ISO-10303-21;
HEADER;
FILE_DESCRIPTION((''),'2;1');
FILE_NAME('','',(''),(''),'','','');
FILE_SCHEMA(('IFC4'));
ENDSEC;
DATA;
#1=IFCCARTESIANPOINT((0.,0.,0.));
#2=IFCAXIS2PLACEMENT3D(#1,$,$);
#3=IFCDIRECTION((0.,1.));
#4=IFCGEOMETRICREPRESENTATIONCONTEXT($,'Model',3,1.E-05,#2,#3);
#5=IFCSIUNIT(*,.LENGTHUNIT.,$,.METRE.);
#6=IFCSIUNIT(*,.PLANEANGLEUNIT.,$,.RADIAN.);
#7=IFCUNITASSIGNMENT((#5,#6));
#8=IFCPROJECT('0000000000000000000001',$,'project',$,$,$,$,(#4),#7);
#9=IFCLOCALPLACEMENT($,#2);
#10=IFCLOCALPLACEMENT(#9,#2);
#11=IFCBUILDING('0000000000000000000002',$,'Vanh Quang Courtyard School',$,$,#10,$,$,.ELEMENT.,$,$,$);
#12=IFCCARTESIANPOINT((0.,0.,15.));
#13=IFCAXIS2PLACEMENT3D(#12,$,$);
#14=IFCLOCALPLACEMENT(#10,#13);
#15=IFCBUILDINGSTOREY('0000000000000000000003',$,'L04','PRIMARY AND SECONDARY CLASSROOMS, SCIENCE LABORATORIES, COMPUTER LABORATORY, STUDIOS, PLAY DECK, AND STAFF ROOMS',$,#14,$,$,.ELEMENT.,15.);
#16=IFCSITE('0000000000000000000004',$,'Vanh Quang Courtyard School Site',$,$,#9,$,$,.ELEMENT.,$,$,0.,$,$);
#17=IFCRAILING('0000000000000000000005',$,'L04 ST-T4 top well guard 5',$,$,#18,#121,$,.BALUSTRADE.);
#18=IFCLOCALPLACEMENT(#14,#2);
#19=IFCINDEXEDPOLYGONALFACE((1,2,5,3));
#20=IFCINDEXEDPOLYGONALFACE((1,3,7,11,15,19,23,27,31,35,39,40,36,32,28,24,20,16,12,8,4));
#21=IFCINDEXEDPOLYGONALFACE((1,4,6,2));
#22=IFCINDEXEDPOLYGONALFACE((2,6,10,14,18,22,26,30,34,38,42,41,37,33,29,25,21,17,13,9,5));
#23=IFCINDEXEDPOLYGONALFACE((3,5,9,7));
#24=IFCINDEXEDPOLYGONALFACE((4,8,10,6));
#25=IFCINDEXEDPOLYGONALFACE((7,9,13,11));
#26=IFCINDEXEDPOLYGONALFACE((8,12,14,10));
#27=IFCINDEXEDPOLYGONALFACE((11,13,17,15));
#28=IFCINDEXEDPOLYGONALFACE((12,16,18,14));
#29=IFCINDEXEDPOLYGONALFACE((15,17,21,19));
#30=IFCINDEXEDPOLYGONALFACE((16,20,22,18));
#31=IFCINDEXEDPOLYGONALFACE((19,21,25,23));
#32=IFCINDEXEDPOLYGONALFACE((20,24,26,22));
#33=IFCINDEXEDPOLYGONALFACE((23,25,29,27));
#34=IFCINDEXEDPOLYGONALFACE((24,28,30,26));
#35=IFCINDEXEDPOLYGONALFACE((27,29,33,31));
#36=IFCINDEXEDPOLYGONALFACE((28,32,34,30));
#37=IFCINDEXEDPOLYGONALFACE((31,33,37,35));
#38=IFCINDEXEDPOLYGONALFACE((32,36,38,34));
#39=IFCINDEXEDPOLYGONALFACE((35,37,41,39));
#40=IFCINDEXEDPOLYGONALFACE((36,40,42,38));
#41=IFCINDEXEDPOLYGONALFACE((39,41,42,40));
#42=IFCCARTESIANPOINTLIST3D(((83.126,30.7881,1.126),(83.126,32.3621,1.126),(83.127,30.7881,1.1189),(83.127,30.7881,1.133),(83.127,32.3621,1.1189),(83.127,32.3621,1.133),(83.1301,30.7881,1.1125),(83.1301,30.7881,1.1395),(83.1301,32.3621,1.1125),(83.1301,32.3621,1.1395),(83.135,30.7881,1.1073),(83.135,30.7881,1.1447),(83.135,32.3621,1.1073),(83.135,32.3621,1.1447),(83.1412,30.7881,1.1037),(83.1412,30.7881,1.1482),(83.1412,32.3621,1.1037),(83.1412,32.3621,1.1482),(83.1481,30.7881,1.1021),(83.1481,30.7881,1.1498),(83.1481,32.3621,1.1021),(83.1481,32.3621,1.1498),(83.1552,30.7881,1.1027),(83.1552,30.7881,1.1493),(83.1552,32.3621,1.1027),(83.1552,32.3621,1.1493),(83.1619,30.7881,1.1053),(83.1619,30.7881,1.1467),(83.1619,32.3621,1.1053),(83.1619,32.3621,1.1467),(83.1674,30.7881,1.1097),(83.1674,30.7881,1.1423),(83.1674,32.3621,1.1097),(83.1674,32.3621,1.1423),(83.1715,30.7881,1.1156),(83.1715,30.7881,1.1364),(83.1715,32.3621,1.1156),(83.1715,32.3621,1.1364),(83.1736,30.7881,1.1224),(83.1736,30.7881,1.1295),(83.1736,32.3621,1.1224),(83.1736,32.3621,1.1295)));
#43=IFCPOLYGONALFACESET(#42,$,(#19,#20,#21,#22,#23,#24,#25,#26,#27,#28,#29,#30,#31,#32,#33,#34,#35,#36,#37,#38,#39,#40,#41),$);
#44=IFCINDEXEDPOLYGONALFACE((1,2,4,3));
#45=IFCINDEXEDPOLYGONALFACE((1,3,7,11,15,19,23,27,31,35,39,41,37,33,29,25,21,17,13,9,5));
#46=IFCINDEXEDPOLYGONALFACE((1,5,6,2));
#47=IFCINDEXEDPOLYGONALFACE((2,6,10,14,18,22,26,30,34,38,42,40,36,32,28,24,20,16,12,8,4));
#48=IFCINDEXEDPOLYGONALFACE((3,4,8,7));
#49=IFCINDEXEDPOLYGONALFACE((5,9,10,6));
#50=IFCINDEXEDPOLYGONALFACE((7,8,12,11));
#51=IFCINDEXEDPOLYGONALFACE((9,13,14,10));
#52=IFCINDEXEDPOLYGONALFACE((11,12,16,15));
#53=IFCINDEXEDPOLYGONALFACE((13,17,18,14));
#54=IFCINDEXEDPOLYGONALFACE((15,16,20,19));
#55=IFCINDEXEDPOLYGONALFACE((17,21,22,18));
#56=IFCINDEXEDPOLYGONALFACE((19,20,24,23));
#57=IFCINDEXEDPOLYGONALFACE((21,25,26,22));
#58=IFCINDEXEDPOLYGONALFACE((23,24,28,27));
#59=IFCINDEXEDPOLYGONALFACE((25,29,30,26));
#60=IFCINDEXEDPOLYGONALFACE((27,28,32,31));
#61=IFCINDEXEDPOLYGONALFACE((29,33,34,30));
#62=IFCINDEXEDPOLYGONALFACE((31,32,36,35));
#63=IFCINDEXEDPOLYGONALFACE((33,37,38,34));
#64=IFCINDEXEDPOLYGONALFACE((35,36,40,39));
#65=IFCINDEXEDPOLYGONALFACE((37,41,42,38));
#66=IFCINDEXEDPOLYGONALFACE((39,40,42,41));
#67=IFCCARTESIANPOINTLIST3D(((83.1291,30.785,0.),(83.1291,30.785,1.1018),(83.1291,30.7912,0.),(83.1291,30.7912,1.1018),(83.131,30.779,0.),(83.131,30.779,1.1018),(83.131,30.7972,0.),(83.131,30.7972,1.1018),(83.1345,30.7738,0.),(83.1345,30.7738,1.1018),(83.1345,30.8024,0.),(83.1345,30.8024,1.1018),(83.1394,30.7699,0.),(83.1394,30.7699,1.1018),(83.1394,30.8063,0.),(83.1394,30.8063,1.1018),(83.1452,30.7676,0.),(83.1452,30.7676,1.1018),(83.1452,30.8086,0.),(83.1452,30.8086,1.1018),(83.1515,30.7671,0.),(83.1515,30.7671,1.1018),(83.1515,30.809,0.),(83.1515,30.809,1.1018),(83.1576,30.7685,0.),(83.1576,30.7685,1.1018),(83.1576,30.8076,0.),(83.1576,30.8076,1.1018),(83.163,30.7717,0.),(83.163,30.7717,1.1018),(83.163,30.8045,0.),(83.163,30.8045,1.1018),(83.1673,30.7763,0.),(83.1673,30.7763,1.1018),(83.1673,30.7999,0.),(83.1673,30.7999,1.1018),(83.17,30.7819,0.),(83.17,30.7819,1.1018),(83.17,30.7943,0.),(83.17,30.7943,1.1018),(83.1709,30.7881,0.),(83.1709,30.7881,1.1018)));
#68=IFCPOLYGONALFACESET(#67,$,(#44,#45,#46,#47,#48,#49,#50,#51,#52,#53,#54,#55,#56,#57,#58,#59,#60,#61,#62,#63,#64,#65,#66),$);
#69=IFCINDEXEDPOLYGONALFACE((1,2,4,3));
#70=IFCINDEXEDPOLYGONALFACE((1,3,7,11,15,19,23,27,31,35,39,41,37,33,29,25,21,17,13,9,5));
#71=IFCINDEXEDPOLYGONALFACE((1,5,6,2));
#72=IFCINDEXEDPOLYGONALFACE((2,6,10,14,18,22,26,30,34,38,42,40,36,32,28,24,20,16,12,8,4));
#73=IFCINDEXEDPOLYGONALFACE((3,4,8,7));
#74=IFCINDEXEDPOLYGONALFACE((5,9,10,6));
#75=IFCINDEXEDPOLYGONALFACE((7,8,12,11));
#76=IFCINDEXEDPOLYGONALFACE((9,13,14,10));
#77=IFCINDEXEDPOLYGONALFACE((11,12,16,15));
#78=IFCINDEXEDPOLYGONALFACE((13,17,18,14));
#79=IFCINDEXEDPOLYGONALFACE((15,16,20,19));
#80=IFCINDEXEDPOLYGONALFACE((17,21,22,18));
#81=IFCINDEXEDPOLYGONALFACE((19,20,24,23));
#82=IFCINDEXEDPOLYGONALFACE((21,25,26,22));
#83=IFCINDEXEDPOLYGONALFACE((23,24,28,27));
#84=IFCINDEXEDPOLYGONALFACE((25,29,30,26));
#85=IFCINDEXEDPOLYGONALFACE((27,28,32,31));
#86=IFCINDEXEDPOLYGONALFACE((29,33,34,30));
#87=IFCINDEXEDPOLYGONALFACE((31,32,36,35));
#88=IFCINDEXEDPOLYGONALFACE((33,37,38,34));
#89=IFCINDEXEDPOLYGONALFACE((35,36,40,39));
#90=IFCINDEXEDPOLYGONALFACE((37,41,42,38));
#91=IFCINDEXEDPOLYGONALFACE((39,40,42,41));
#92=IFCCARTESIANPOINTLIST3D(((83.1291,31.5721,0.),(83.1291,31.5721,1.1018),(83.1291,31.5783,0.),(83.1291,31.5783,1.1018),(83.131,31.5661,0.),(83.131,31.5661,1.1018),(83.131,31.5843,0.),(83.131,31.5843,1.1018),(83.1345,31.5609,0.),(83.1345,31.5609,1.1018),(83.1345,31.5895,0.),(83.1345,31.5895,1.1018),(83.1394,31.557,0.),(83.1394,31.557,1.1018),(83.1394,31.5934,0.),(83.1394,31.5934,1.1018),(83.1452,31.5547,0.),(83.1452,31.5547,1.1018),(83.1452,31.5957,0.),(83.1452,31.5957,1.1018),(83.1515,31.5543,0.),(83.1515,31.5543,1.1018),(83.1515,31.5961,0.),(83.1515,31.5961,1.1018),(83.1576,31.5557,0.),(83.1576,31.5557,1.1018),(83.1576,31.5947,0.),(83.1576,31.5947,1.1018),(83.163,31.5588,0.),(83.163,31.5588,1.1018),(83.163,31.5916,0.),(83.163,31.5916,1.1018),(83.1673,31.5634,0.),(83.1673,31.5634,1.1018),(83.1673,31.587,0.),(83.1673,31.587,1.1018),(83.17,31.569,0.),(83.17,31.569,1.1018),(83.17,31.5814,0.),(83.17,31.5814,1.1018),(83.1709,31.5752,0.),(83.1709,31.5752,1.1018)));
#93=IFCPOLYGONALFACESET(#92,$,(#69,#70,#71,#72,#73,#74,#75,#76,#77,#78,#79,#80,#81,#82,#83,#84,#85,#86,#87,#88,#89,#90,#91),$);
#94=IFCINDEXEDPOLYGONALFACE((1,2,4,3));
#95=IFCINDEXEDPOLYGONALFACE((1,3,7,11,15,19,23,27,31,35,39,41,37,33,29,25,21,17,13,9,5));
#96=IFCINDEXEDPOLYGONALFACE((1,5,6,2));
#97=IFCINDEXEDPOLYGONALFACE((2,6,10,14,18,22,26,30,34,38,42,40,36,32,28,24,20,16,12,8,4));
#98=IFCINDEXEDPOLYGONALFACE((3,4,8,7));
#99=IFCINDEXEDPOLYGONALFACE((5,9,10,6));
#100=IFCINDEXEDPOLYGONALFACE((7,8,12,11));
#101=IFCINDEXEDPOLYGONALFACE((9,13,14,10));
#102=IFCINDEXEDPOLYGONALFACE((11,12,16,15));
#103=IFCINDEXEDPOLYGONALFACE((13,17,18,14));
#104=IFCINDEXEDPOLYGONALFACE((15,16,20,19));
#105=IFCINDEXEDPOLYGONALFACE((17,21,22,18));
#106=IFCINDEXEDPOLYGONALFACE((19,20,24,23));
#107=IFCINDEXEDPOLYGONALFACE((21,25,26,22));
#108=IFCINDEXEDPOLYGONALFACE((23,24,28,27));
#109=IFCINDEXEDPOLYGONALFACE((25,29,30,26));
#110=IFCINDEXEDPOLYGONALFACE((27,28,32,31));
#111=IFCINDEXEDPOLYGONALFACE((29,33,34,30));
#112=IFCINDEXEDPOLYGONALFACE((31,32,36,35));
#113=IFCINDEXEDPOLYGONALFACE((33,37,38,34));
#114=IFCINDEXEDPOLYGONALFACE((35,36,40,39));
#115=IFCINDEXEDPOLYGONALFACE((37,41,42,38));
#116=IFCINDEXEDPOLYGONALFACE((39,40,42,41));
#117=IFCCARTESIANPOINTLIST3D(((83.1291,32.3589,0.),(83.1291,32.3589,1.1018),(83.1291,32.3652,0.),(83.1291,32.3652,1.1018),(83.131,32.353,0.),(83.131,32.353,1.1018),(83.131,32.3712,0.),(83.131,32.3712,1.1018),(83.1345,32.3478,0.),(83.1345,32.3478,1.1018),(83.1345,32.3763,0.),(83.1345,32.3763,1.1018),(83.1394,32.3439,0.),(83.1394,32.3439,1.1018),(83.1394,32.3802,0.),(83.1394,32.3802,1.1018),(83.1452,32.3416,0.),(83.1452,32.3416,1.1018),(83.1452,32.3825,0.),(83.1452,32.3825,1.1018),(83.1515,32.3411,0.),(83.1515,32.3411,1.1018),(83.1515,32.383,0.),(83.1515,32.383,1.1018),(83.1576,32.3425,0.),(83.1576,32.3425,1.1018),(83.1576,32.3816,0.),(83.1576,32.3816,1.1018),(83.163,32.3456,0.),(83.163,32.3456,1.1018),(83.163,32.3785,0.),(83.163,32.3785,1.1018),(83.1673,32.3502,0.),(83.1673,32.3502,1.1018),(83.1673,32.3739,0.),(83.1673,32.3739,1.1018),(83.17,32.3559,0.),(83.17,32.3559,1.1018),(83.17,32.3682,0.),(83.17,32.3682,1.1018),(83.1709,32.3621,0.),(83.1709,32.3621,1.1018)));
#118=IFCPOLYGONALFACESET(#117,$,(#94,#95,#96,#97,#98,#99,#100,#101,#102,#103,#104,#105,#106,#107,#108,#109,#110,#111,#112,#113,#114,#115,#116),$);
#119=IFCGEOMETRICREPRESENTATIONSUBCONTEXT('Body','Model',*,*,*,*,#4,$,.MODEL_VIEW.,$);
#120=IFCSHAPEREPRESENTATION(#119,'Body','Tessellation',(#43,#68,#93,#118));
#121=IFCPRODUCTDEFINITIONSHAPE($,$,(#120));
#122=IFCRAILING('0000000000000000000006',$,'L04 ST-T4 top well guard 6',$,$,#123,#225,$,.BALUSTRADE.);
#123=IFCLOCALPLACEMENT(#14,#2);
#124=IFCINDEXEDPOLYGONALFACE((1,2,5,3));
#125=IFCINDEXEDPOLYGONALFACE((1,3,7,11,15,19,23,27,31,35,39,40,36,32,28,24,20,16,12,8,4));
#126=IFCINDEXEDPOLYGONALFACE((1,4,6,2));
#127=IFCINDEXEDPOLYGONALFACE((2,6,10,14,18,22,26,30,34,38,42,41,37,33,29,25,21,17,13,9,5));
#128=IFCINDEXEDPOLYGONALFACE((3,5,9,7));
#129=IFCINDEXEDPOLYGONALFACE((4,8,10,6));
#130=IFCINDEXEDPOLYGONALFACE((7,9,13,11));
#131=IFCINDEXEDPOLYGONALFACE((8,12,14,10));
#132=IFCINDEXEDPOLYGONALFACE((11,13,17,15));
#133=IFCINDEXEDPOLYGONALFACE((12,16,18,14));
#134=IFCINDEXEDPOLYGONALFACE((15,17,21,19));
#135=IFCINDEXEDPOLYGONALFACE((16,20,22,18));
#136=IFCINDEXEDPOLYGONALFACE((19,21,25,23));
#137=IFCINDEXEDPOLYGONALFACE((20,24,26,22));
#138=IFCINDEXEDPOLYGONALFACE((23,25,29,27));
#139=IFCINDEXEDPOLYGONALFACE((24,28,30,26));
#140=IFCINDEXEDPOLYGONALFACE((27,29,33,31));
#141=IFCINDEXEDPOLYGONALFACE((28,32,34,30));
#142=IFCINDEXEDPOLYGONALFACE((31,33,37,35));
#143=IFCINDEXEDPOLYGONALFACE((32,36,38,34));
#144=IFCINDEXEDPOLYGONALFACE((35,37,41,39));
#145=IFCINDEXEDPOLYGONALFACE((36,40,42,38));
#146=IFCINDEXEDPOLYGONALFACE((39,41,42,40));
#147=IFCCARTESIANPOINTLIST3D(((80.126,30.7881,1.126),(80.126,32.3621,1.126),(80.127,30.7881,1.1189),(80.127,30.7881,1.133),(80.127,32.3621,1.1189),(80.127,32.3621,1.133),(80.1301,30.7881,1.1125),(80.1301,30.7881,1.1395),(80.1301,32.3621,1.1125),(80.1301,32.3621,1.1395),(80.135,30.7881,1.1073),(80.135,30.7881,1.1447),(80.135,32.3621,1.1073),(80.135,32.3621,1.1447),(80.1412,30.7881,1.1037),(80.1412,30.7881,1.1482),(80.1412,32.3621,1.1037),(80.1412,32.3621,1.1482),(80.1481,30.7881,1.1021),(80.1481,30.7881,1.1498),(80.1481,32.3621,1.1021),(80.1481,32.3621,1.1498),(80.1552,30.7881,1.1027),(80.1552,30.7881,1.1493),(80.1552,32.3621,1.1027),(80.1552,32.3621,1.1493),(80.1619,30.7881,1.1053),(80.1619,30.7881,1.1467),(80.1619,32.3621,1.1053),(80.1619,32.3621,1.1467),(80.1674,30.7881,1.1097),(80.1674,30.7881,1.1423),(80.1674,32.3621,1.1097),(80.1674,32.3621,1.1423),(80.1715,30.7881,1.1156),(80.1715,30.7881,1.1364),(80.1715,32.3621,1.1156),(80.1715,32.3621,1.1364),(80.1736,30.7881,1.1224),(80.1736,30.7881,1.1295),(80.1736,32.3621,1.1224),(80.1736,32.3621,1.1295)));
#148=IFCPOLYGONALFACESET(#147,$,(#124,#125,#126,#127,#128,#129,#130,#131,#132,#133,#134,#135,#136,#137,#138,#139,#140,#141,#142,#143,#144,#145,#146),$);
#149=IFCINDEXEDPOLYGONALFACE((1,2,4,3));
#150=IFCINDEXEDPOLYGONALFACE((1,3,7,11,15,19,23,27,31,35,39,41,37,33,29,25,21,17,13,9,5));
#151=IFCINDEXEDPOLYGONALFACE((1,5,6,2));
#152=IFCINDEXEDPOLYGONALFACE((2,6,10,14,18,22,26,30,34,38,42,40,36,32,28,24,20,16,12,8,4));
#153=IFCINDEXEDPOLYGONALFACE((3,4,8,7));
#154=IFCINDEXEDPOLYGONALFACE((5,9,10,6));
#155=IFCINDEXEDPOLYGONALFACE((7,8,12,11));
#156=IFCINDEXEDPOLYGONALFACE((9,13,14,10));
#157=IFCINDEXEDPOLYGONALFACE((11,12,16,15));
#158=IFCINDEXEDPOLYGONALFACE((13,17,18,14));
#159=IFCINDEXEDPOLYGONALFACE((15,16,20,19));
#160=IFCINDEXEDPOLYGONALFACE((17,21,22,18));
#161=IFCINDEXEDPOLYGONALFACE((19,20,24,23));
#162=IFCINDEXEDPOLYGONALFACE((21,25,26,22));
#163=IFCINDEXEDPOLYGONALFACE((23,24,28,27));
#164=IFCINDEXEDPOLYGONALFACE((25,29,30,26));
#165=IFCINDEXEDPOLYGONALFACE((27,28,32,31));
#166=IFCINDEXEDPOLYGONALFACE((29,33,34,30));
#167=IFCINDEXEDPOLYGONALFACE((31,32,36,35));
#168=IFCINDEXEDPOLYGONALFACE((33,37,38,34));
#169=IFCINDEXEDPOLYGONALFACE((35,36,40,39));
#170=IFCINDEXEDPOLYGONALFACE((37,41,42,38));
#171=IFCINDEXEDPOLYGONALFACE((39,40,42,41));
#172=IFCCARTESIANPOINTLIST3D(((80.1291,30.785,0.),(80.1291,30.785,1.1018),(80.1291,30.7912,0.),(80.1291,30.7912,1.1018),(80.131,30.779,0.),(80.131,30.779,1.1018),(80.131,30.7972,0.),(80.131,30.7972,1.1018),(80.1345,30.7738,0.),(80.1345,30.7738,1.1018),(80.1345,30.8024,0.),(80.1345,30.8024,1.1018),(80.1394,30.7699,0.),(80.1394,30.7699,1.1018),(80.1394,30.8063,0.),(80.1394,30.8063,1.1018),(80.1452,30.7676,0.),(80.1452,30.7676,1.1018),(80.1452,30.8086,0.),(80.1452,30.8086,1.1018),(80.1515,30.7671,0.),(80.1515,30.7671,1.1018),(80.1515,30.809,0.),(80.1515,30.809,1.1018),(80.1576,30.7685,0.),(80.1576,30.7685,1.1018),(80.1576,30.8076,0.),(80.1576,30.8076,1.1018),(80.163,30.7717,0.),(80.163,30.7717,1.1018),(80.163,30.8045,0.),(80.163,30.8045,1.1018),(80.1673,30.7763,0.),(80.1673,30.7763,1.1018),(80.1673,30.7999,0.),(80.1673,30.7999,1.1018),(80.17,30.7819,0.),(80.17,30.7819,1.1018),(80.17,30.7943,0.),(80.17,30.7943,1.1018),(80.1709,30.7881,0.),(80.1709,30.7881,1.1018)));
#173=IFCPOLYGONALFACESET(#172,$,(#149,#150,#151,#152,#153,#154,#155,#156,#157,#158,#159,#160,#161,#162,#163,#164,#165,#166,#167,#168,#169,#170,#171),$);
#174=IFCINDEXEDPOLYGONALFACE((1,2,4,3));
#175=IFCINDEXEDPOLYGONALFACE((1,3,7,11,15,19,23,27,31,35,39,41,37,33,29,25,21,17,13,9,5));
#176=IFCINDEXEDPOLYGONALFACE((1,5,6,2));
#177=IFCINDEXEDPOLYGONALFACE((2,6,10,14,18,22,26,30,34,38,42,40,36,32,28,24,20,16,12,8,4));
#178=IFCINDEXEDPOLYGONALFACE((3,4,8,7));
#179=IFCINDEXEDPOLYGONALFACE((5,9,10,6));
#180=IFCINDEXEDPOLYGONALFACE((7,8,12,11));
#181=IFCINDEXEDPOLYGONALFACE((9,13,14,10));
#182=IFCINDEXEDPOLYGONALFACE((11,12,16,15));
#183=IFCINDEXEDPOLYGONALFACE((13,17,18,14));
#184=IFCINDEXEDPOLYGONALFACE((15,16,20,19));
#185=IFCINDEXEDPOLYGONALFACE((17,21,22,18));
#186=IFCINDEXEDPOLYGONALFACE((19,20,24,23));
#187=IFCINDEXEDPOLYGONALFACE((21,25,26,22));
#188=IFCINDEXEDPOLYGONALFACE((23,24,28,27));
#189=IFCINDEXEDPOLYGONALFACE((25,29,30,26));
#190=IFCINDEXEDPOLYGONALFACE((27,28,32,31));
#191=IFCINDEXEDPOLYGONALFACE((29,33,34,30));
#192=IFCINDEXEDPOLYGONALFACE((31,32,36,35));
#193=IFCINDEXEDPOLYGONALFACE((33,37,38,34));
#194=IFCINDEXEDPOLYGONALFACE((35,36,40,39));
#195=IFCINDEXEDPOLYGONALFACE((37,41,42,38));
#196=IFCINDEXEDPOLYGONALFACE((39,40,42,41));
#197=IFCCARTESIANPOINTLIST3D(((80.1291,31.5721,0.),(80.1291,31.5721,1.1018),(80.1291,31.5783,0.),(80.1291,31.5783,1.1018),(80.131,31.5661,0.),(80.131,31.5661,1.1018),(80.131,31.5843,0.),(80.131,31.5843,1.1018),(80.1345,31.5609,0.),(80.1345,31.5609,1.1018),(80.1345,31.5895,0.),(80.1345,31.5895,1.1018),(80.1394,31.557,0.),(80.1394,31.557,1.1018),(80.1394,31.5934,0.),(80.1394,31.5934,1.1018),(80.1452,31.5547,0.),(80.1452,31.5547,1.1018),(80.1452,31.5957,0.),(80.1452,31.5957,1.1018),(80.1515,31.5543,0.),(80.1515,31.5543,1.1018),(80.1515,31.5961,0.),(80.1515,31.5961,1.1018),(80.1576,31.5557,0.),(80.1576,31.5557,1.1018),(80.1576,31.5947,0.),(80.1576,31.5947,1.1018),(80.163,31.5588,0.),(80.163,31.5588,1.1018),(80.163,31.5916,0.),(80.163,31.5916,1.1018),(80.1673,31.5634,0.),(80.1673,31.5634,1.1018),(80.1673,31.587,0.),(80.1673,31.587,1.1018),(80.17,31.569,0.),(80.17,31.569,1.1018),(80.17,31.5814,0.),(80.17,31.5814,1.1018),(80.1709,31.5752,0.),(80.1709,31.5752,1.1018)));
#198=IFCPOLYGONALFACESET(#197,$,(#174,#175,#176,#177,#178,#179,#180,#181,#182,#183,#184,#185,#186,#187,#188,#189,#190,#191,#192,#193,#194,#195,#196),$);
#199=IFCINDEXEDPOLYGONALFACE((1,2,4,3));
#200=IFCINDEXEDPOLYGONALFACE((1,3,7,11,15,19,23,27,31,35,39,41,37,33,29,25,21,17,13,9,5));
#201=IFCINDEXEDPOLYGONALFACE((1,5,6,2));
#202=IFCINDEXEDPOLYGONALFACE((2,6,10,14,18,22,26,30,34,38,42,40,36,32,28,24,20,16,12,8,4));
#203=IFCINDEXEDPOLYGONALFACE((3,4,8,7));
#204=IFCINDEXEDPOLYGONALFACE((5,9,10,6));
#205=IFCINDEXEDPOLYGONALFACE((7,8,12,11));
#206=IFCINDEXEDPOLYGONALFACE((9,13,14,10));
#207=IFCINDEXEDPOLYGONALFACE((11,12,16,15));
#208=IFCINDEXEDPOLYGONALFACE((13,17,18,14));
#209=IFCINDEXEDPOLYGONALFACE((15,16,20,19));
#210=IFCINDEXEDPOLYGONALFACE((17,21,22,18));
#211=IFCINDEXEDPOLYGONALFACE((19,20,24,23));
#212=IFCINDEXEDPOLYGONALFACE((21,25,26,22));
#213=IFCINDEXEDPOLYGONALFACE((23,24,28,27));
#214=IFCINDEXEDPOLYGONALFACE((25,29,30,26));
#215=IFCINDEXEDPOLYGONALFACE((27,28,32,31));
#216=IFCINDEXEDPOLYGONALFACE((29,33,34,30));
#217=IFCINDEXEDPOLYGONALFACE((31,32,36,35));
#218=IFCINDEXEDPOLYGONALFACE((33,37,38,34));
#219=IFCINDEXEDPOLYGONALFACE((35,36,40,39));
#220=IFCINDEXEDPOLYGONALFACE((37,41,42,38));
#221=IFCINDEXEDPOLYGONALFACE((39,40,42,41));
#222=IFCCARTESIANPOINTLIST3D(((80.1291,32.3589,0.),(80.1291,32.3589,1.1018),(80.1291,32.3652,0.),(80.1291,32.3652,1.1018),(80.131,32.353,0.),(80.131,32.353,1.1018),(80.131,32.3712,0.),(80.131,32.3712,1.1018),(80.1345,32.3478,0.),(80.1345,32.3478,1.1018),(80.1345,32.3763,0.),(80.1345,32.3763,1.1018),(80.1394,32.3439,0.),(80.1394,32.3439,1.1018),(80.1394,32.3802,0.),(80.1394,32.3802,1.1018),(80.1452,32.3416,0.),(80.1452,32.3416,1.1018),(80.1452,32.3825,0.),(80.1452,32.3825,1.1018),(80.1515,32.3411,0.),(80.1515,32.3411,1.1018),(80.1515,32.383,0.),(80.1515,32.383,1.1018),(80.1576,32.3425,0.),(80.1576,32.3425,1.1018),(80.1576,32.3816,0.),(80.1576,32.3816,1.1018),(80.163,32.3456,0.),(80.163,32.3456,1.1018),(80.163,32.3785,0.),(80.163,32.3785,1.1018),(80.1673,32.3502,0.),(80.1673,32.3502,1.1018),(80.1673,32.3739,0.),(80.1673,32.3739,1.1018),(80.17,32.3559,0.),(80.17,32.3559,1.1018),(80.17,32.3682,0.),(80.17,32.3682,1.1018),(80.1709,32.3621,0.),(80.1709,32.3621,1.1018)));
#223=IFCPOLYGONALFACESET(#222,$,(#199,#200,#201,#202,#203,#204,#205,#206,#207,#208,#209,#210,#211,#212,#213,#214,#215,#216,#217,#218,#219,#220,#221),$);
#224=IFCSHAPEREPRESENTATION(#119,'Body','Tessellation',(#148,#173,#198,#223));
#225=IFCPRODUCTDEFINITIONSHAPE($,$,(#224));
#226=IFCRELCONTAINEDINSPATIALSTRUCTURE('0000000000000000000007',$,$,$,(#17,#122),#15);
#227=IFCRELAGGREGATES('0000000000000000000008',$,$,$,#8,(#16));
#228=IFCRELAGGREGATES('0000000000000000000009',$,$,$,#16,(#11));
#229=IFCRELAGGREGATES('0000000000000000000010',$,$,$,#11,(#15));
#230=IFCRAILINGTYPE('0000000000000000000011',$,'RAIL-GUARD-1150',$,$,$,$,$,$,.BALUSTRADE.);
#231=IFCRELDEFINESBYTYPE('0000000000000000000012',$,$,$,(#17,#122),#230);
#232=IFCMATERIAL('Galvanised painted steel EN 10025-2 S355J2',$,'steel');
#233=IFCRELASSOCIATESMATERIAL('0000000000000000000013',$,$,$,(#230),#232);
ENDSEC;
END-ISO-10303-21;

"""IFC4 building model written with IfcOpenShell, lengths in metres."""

from ifc_helpers import new_model, si_unit, direction, frame, origin, origin_2d, place, context, subcontext, project, spatial, circle, extrude, material, type_object, element, save


model = new_model("IFC4")

# Units and contexts
model_context = context("Model", 3, precision=1e-05, world=origin(), true_north=direction((0.0, 1.0)))
body_context = subcontext(model_context, "Body", "Model", "MODEL_VIEW")
ifc_project = project(units=[si_unit("LENGTHUNIT", "METRE"), si_unit("PLANEANGLEUNIT", "RADIAN")], contexts=[model_context])

# Site, building, storey
site_placement = place(None, origin())
site = spatial("IfcSite", under=ifc_project, at=site_placement, Name="Vanh Quang Courtyard School Site", CompositionType="ELEMENT", RefElevation=0.0)
building_placement = place(site_placement, origin())
building = spatial("IfcBuilding", under=site, at=building_placement, Name="Vanh Quang Courtyard School", CompositionType="ELEMENT")
storey_placement = place(building_placement, frame((0.0, 0.0, 15.0)))
storey = spatial("IfcBuildingStorey", under=building, at=storey_placement, Name="L04", Description="PRIMARY AND SECONDARY CLASSROOMS, SCIENCE LABORATORIES, COMPUTER LABORATORY, STUDIOS, PLAY DECK, AND STAFF ROOMS", CompositionType="ELEMENT", Elevation=15.0)

# Railings
ifc_material_1 = material(Name="Galvanised painted steel EN 10025-2 S355J2", Category="steel")
railing_type = type_object("IfcRailingType", Name="RAIL-GUARD-1150", PredefinedType="BALUSTRADE", material=ifc_material_1)
for number, where, name in (
    (1, (83.1499, 30.7881, 0.0), "L04 ST-T4 top well guard 5"),
    (2, (80.1499, 30.7881, 0.0), "L04 ST-T4 top well guard 6"),
):
    element("IfcRailing", number, at=place(storey_placement, frame(where)), inside=storey, type_object=railing_type, Name=name, PredefinedType="BALUSTRADE", context=body_context, shape_type="SweptSolid", body=[
        extrude(circle(Radius=0.0239, at=origin_2d()), frame((0.0, 0.0, 1.126), z_axis=(0.0, 1.0, 0.0), x_axis=(-1.0, 0.0, 0.0)), (0.0, 0.0, 1.0), 1.574),
        extrude(circle(Radius=0.021, at=origin_2d()), origin(), (0.0, 0.0, 1.0), 1.1018),
        extrude(circle(Radius=0.021, at=origin_2d()), frame((0.0, 0.7871, 0.0)), (0.0, 0.0, 1.0), 1.1018),
        extrude(circle(Radius=0.021, at=origin_2d()), frame((0.0, 1.574, 0.0)), (0.0, 0.0, 1.0), 1.1018),
    ])

save(model, "model.ifc")
